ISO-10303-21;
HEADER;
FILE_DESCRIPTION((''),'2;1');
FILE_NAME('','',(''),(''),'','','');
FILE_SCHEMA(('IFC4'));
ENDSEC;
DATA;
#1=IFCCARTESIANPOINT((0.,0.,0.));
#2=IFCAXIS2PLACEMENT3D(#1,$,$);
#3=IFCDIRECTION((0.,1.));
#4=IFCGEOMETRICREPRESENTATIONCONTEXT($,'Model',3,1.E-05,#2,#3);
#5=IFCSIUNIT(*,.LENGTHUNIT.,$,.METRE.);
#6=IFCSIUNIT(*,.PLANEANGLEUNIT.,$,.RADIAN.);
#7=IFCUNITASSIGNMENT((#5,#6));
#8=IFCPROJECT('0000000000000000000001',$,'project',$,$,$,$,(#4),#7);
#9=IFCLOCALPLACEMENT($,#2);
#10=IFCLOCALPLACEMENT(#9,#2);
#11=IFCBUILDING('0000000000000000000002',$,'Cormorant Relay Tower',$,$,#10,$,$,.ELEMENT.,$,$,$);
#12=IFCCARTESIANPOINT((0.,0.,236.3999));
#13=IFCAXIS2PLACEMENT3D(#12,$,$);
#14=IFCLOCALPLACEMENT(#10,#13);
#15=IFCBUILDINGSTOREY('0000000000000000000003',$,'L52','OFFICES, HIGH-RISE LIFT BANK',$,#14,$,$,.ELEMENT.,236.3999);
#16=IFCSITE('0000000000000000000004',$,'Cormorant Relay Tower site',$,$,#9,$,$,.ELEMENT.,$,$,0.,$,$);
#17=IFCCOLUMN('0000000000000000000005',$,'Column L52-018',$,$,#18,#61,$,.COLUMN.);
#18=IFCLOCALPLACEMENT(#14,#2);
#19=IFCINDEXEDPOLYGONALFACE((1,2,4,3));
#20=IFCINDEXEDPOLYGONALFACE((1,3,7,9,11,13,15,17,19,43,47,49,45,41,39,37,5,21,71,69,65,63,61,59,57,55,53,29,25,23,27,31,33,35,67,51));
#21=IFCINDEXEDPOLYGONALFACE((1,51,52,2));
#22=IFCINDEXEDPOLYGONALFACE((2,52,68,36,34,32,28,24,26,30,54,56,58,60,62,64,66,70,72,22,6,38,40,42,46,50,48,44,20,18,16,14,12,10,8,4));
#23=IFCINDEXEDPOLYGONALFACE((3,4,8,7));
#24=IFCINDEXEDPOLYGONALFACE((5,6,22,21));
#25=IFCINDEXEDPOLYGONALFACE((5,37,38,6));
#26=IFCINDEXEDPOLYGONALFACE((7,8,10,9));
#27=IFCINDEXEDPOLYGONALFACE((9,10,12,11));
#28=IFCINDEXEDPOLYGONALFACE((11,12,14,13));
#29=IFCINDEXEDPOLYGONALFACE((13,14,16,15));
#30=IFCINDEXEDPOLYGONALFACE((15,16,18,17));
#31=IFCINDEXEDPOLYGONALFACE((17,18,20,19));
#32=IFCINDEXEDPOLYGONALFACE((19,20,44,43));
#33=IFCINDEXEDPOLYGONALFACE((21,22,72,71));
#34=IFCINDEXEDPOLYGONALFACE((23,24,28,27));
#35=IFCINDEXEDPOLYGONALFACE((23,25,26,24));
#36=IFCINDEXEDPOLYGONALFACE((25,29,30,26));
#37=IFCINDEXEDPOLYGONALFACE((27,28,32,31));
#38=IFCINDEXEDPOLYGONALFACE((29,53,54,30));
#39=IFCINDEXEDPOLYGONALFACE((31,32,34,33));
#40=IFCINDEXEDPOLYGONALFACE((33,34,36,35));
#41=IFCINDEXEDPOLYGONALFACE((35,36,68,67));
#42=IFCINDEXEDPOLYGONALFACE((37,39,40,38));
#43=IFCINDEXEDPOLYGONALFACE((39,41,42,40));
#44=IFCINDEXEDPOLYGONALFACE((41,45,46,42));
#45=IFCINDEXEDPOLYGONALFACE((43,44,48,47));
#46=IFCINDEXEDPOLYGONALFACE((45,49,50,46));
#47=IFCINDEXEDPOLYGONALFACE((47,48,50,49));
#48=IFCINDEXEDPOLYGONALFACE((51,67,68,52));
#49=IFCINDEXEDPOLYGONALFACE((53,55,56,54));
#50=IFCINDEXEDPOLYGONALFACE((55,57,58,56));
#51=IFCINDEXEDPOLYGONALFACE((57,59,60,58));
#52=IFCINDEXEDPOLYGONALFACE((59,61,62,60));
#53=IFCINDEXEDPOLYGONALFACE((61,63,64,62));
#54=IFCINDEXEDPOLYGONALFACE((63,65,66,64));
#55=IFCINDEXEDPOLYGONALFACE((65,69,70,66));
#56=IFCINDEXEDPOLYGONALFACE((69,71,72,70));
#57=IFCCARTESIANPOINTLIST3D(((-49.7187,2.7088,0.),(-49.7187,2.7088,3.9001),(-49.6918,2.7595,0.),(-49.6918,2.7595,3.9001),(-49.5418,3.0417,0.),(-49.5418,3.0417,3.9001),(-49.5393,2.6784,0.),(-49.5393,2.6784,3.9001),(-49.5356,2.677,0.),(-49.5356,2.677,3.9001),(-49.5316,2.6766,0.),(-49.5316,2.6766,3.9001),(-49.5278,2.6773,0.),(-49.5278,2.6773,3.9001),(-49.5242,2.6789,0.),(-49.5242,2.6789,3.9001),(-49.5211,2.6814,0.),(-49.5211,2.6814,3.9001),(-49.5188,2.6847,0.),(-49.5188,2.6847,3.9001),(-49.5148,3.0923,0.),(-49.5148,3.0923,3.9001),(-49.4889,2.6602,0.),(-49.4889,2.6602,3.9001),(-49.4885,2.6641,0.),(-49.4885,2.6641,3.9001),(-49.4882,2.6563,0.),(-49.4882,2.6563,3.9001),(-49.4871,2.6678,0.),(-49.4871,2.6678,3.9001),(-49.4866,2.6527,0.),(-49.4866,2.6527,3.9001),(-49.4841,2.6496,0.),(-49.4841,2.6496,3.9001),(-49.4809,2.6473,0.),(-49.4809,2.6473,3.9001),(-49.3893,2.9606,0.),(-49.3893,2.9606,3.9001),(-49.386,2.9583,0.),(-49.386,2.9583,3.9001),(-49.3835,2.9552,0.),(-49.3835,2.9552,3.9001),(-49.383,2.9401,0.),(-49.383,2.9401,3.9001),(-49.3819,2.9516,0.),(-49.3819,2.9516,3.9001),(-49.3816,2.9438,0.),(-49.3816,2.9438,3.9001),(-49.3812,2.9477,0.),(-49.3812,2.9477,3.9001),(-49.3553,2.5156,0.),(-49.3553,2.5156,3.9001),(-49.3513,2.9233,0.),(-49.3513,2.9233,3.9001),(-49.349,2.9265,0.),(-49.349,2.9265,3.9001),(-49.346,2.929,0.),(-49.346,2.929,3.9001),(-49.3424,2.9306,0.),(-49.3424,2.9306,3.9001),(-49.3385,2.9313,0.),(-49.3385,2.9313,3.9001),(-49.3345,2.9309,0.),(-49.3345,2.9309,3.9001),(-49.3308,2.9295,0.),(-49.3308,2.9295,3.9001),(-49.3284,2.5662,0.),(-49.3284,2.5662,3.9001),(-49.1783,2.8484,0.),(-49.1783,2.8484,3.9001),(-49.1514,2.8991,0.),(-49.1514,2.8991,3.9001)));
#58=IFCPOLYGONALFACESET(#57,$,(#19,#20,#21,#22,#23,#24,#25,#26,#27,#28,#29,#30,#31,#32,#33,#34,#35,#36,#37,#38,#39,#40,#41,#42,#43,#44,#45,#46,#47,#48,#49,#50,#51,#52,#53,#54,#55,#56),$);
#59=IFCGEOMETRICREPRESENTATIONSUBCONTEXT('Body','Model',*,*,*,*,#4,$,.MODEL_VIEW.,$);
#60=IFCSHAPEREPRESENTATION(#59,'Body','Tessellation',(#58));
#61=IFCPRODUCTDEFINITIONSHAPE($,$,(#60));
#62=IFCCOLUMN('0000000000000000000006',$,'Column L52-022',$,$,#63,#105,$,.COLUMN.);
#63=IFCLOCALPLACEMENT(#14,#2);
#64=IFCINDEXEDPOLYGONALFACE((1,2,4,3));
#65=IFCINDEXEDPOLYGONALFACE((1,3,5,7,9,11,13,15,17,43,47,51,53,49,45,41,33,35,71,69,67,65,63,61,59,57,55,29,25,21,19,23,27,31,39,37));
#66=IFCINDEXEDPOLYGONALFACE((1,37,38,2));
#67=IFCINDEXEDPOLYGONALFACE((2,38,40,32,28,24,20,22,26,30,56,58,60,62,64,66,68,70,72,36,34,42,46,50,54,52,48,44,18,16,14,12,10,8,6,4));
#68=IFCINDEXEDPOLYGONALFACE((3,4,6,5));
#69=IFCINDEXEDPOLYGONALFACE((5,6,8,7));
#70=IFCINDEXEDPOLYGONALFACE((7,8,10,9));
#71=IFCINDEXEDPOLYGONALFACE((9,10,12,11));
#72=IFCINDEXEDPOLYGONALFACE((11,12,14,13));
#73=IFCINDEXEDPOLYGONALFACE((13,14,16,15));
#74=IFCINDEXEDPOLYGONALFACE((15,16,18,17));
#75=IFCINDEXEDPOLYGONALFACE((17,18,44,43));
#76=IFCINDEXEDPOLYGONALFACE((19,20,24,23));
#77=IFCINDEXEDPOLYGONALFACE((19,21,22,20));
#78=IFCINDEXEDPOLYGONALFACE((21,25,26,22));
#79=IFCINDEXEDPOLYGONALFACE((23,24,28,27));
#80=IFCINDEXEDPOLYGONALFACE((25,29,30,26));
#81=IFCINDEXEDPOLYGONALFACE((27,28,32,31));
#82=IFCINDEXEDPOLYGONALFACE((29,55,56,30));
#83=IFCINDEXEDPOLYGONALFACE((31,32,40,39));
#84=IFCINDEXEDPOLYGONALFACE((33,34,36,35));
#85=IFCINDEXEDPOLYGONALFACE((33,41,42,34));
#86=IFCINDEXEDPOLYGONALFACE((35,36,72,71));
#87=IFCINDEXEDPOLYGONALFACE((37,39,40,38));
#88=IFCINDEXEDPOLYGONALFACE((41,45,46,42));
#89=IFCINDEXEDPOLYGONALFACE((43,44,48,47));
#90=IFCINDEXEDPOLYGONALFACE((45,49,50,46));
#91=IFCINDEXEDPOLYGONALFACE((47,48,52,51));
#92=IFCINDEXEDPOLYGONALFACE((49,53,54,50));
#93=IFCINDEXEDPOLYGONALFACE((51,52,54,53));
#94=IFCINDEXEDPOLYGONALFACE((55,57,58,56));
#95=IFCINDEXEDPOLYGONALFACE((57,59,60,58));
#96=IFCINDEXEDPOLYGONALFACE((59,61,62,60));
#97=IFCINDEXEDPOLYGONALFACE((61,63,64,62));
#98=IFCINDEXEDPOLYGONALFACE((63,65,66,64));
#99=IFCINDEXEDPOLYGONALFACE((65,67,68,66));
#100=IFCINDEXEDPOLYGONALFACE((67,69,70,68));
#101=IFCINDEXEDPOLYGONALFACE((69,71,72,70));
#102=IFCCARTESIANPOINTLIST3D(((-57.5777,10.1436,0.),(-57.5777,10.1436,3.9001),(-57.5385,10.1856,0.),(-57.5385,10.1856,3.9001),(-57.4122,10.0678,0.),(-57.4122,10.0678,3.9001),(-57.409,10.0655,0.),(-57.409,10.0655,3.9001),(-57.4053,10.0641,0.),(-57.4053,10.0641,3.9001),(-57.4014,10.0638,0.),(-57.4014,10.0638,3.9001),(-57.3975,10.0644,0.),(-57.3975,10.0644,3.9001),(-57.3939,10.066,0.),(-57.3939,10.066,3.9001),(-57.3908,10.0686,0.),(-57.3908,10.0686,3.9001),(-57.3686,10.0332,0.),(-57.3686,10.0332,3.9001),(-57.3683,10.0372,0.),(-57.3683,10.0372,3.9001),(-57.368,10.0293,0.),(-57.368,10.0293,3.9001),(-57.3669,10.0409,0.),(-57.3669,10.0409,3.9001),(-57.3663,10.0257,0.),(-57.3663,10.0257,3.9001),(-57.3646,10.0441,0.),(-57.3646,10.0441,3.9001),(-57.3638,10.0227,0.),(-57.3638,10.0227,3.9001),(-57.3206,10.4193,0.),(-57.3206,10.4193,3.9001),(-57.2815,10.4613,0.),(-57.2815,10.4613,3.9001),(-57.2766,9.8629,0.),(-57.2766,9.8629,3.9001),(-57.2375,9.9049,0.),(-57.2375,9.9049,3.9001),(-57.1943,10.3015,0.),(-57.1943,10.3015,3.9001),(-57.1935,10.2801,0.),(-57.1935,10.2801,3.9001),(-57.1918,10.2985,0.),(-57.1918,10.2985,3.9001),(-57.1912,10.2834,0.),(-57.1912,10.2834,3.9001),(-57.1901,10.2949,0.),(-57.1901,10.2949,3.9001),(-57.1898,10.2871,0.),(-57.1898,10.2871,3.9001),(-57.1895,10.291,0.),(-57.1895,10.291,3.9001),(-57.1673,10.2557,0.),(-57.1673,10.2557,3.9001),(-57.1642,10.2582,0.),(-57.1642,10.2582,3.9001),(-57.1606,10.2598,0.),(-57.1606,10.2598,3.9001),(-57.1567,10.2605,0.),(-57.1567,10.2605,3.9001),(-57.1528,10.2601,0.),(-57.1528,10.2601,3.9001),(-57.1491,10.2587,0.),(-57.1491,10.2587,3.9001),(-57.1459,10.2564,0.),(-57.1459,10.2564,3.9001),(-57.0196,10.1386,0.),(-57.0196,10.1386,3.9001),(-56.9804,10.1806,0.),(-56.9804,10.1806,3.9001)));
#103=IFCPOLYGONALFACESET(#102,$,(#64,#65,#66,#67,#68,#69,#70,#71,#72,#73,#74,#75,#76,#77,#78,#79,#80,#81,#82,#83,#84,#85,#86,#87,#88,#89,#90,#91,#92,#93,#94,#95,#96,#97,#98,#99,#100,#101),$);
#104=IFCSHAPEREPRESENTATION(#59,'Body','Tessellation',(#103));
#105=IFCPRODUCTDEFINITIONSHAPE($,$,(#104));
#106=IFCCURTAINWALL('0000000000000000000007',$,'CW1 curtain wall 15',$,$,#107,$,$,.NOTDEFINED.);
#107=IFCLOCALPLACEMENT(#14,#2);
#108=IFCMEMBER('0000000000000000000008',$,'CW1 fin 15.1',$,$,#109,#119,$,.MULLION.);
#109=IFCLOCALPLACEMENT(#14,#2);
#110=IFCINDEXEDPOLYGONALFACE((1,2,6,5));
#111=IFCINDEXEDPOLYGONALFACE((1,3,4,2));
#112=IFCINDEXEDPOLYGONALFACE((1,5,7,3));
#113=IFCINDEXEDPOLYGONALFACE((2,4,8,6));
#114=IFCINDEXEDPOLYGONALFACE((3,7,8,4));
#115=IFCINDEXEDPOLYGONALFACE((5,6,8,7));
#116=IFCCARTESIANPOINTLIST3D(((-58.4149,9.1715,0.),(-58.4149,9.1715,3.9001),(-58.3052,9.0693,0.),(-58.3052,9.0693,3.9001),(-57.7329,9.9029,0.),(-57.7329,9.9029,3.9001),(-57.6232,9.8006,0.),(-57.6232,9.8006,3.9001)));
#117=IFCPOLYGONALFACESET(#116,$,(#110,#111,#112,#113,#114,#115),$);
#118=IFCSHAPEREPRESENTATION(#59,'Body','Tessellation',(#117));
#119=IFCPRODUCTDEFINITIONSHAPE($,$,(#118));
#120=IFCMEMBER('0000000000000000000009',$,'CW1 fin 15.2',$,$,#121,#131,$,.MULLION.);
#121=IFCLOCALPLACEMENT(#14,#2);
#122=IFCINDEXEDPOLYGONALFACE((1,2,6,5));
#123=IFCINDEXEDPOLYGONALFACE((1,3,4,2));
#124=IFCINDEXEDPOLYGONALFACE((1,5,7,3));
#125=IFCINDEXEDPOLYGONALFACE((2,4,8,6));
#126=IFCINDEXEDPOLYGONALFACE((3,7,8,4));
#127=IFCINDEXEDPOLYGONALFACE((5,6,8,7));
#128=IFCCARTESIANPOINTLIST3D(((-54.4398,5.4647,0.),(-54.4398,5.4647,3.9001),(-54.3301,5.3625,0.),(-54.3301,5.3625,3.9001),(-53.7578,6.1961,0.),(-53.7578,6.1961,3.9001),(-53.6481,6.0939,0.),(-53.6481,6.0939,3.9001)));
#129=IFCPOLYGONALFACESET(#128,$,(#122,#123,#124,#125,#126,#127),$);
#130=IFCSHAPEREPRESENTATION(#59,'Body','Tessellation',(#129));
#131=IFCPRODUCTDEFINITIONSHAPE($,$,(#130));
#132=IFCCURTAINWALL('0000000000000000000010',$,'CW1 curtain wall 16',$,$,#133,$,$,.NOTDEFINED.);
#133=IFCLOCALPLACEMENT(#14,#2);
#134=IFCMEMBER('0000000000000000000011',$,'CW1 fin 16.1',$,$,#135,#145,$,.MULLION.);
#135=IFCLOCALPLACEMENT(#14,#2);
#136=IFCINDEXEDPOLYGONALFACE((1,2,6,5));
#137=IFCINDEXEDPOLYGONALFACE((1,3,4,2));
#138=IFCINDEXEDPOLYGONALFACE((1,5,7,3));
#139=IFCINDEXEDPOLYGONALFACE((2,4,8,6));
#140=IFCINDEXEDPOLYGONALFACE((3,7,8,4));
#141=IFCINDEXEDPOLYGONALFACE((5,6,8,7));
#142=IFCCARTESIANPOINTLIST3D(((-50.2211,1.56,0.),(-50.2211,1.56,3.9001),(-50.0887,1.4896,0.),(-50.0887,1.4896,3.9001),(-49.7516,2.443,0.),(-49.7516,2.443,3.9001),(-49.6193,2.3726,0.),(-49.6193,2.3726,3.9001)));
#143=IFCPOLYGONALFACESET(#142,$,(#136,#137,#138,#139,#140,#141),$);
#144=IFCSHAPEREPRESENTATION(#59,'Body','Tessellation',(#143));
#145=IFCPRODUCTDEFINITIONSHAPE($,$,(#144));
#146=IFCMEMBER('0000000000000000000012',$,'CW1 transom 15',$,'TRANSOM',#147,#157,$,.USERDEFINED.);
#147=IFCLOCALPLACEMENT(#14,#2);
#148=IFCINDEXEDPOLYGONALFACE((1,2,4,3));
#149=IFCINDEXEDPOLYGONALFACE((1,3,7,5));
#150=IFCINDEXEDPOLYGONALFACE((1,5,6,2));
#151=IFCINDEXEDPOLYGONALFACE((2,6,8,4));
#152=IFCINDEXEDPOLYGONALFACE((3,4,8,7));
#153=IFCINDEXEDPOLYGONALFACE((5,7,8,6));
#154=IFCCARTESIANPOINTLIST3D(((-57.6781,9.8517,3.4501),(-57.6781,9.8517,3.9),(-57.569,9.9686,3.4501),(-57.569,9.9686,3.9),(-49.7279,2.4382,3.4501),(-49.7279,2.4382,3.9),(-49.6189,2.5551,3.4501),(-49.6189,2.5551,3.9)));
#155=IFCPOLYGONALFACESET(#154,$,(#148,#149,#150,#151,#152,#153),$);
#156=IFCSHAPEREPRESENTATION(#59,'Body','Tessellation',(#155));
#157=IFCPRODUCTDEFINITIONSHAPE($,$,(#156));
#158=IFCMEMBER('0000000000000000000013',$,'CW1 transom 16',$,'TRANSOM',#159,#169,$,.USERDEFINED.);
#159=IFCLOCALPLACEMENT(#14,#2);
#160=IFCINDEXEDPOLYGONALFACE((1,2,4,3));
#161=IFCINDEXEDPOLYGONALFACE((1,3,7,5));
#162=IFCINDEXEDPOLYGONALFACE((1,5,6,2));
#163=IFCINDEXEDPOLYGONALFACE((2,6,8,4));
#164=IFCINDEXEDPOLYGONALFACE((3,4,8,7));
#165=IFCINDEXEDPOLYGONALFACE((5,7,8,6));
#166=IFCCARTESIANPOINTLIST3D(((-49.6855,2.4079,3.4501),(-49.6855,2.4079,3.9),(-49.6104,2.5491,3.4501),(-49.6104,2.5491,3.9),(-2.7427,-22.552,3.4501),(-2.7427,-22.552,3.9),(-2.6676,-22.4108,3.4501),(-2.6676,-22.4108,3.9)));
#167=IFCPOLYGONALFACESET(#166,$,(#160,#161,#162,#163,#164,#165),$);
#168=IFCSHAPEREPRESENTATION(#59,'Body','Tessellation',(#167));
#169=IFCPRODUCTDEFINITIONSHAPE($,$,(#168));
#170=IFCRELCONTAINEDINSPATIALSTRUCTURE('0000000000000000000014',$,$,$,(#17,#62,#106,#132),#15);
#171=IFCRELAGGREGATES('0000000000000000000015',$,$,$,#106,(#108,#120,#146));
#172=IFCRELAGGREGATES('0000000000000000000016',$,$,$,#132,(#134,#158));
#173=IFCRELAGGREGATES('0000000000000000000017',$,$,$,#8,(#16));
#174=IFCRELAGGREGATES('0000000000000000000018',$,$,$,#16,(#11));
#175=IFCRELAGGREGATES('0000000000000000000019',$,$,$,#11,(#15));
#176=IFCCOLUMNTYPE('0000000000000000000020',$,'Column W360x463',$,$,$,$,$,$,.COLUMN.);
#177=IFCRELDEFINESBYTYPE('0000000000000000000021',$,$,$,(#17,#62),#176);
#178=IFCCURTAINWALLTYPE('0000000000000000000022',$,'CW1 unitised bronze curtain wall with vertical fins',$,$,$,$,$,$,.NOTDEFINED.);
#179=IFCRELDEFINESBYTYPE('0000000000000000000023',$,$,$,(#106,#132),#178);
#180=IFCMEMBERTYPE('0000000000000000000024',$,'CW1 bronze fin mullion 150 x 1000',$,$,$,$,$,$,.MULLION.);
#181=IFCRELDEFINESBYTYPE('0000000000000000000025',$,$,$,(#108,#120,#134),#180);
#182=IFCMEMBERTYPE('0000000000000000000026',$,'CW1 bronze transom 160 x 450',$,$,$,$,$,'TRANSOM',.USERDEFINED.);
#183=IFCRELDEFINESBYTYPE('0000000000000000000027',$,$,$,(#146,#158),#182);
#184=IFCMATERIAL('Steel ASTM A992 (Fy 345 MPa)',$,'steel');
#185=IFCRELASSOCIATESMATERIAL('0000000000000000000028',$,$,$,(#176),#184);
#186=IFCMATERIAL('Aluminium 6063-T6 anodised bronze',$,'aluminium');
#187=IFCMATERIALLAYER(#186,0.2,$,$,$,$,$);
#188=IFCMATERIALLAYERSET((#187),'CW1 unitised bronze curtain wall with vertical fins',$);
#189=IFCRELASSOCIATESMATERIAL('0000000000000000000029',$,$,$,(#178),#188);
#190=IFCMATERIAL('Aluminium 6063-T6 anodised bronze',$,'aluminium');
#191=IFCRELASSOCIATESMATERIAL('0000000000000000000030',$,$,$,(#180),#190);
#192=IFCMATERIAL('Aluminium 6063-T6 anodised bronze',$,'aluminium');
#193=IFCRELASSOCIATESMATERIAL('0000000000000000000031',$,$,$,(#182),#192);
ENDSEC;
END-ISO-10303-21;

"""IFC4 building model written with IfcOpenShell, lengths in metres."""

from ifc_helpers import new_model, si_unit, direction, frame, origin, origin_2d, place, context, subcontext, project, spatial, rectangle, i_section, extrude, material, layer, layer_set, material_profile, profile_set, type_object, element, aggregate, save


model = new_model("IFC4")

# Units and contexts
model_context = context("Model", 3, precision=1e-05, world=origin(), true_north=direction((0.0, 1.0)))
body_context = subcontext(model_context, "Body", "Model", "MODEL_VIEW")
ifc_project = project(units=[si_unit("LENGTHUNIT", "METRE"), si_unit("PLANEANGLEUNIT", "RADIAN")], contexts=[model_context])

# Site, building, storey
site_placement = place(None, origin())
site = spatial("IfcSite", under=ifc_project, at=site_placement, Name="Cormorant Relay Tower site", CompositionType="ELEMENT", RefElevation=0.0)
building_placement = place(site_placement, origin())
building = spatial("IfcBuilding", under=site, at=building_placement, Name="Cormorant Relay Tower", CompositionType="ELEMENT")
storey_placement = place(building_placement, frame((0.0, 0.0, 236.3999)))
storey = spatial("IfcBuildingStorey", under=building, at=storey_placement, Name="L52", Description="OFFICES, HIGH-RISE LIFT BANK", CompositionType="ELEMENT", Elevation=236.3999)

# Columns
ifc_material_1 = material(Name="Steel ASTM A992 (Fy 345 MPa)", Category="steel")
ifc_material_profile_1 = material_profile(ifc_material_1, i_section(OverallWidth=0.4116, OverallDepth=0.4343, WebThickness=0.0359, FlangeThickness=0.0574, FilletRadius=0.0151, at=origin_2d()), Name="W360x463")
ifc_profile_set_1 = profile_set([ifc_material_profile_1], Name="Steel ASTM A992 (Fy 345 MPa)")
column_type = type_object("IfcColumnType", Name="Column W360x463", PredefinedType="COLUMN", material=ifc_profile_set_1)
for number, where, z_axis, x_axis, name in (
    (1, (-49.4351, 2.804, 0.0), (0.0, 0.0, 1.0), (0.882948, -0.469472, 0.0), "Column L52-018"),
    (2, (-57.2791, 10.1621, 0.0), (0.0, 0.0, 1.0), (0.731354, -0.681998, 0.0), "Column L52-022"),
):
    element("IfcColumn", number, at=place(storey_placement, frame(where, z_axis=z_axis, x_axis=x_axis)), inside=storey, type_object=column_type, Name=name, PredefinedType="COLUMN", context=body_context, shape_type="SweptSolid", body=[
        extrude(i_section(OverallWidth=0.4116, OverallDepth=0.4343, WebThickness=0.0359, FlangeThickness=0.0574, FilletRadius=0.0151, at=origin_2d()), origin(), (0.0, 0.0, 1.0), 3.9001),
    ])

# Curtain wall, members
ifc_material_2 = material(Name="Aluminium 6063-T6 anodised bronze", Category="aluminium")
ifc_layer_1 = layer(ifc_material_2, 0.2)
ifc_layer_set_1 = layer_set([ifc_layer_1], Name="CW1 unitised bronze curtain wall with vertical fins")
curtain_wall_type = type_object("IfcCurtainWallType", Name="CW1 unitised bronze curtain wall with vertical fins", PredefinedType="NOTDEFINED", material=ifc_layer_set_1)
curtain_wall_1_placement = place(storey_placement, origin())
curtain_wall_1 = element("IfcCurtainWall", 3, at=curtain_wall_1_placement, inside=storey, type_object=curtain_wall_type, Name="CW1 curtain wall 15", PredefinedType="NOTDEFINED")
ifc_material_3 = material(Name="Aluminium 6063-T6 anodised bronze", Category="aluminium")
ifc_material_profile_2 = material_profile(ifc_material_3, rectangle(XDim=0.1499, YDim=1.0, at=origin_2d()), Name="AL 150x1000")
ifc_profile_set_2 = profile_set([ifc_material_profile_2], Name="Aluminium 6063-T6 anodised bronze")
member_type_1 = type_object("IfcMemberType", Name="CW1 bronze fin mullion 150 x 1000", PredefinedType="MULLION", material=ifc_profile_set_2)
member_1_placement = place(storey_placement, frame((-58.019, 9.4861, 0.0), z_axis=(0.0, 0.0, 1.0), x_axis=(0.731354, -0.681998, 0.0)))
member_1 = element("IfcMember", 4, at=member_1_placement, type_object=member_type_1, Name="CW1 fin 15.1", PredefinedType="MULLION", context=body_context, shape_type="SweptSolid", body=[
    extrude(rectangle(XDim=0.1499, YDim=1.0, at=origin_2d()), origin(), (0.0, 0.0, 1.0), 3.9001),
])
member_2_placement = place(storey_placement, frame((-54.0439, 5.7793, 0.0), z_axis=(0.0, 0.0, 1.0), x_axis=(0.731354, -0.681998, 0.0)))
member_2 = element("IfcMember", 5, at=member_2_placement, type_object=member_type_1, Name="CW1 fin 15.2", PredefinedType="MULLION", context=body_context, shape_type="SweptSolid", body=[
    extrude(rectangle(XDim=0.1499, YDim=1.0, at=origin_2d()), origin(), (0.0, 0.0, 1.0), 3.9001),
])

# Curtain wall, member
curtain_wall_2_placement = place(storey_placement, origin())
curtain_wall_2 = element("IfcCurtainWall", 6, at=curtain_wall_2_placement, inside=storey, type_object=curtain_wall_type, Name="CW1 curtain wall 16", PredefinedType="NOTDEFINED")
member_3_placement = place(storey_placement, frame((-49.9202, 1.9663, 0.0), z_axis=(0.0, 0.0, 1.0), x_axis=(0.882948, -0.469472, 0.0)))
member_3 = element("IfcMember", 7, at=member_3_placement, type_object=member_type_1, Name="CW1 fin 16.1", PredefinedType="MULLION", context=body_context, shape_type="SweptSolid", body=[
    extrude(rectangle(XDim=0.1499, YDim=1.0, at=origin_2d()), origin(), (0.0, 0.0, 1.0), 3.9001),
])

# Members
ifc_material_4 = material(Name="Aluminium 6063-T6 anodised bronze", Category="aluminium")
ifc_material_profile_3 = material_profile(ifc_material_4, rectangle(XDim=0.1599, YDim=0.45, at=origin_2d()), Name="AL 160x450")
ifc_profile_set_3 = profile_set([ifc_material_profile_3], Name="Aluminium 6063-T6 anodised bronze")
member_type_2 = type_object("IfcMemberType", Name="CW1 bronze transom 160 x 450", ElementType="TRANSOM", PredefinedType="USERDEFINED", material=ifc_profile_set_3)
member_4_placement = place(storey_placement, frame((-57.6235, 9.9102, 3.675), z_axis=(0.731358, -0.681993, 0.0), x_axis=(0.681993, 0.731358, 0.0)))
member_4 = element("IfcMember", 8, at=member_4_placement, type_object=member_type_2, Name="CW1 transom 15", ObjectType="TRANSOM", PredefinedType="USERDEFINED", context=body_context, shape_type="SweptSolid", body=[
    extrude(rectangle(XDim=0.1599, YDim=0.45, at=origin_2d()), origin(), (0.0, 0.0, 1.0), 10.8704),
])
member_5_placement = place(storey_placement, frame((-49.6479, 2.4785, 3.675), z_axis=(0.882948, -0.469471, 0.0), x_axis=(0.469471, 0.882948, 0.0)))
member_5 = element("IfcMember", 9, at=member_5_placement, type_object=member_type_2, Name="CW1 transom 16", ObjectType="TRANSOM", PredefinedType="USERDEFINED", context=body_context, shape_type="SweptSolid", body=[
    extrude(rectangle(XDim=0.1599, YDim=0.45, at=origin_2d()), origin(), (0.0, 0.0, 1.0), 53.166),
])

aggregate(curtain_wall_1, [member_1, member_2, member_4])
aggregate(curtain_wall_2, [member_3, member_5])

save(model, "model.ifc")
